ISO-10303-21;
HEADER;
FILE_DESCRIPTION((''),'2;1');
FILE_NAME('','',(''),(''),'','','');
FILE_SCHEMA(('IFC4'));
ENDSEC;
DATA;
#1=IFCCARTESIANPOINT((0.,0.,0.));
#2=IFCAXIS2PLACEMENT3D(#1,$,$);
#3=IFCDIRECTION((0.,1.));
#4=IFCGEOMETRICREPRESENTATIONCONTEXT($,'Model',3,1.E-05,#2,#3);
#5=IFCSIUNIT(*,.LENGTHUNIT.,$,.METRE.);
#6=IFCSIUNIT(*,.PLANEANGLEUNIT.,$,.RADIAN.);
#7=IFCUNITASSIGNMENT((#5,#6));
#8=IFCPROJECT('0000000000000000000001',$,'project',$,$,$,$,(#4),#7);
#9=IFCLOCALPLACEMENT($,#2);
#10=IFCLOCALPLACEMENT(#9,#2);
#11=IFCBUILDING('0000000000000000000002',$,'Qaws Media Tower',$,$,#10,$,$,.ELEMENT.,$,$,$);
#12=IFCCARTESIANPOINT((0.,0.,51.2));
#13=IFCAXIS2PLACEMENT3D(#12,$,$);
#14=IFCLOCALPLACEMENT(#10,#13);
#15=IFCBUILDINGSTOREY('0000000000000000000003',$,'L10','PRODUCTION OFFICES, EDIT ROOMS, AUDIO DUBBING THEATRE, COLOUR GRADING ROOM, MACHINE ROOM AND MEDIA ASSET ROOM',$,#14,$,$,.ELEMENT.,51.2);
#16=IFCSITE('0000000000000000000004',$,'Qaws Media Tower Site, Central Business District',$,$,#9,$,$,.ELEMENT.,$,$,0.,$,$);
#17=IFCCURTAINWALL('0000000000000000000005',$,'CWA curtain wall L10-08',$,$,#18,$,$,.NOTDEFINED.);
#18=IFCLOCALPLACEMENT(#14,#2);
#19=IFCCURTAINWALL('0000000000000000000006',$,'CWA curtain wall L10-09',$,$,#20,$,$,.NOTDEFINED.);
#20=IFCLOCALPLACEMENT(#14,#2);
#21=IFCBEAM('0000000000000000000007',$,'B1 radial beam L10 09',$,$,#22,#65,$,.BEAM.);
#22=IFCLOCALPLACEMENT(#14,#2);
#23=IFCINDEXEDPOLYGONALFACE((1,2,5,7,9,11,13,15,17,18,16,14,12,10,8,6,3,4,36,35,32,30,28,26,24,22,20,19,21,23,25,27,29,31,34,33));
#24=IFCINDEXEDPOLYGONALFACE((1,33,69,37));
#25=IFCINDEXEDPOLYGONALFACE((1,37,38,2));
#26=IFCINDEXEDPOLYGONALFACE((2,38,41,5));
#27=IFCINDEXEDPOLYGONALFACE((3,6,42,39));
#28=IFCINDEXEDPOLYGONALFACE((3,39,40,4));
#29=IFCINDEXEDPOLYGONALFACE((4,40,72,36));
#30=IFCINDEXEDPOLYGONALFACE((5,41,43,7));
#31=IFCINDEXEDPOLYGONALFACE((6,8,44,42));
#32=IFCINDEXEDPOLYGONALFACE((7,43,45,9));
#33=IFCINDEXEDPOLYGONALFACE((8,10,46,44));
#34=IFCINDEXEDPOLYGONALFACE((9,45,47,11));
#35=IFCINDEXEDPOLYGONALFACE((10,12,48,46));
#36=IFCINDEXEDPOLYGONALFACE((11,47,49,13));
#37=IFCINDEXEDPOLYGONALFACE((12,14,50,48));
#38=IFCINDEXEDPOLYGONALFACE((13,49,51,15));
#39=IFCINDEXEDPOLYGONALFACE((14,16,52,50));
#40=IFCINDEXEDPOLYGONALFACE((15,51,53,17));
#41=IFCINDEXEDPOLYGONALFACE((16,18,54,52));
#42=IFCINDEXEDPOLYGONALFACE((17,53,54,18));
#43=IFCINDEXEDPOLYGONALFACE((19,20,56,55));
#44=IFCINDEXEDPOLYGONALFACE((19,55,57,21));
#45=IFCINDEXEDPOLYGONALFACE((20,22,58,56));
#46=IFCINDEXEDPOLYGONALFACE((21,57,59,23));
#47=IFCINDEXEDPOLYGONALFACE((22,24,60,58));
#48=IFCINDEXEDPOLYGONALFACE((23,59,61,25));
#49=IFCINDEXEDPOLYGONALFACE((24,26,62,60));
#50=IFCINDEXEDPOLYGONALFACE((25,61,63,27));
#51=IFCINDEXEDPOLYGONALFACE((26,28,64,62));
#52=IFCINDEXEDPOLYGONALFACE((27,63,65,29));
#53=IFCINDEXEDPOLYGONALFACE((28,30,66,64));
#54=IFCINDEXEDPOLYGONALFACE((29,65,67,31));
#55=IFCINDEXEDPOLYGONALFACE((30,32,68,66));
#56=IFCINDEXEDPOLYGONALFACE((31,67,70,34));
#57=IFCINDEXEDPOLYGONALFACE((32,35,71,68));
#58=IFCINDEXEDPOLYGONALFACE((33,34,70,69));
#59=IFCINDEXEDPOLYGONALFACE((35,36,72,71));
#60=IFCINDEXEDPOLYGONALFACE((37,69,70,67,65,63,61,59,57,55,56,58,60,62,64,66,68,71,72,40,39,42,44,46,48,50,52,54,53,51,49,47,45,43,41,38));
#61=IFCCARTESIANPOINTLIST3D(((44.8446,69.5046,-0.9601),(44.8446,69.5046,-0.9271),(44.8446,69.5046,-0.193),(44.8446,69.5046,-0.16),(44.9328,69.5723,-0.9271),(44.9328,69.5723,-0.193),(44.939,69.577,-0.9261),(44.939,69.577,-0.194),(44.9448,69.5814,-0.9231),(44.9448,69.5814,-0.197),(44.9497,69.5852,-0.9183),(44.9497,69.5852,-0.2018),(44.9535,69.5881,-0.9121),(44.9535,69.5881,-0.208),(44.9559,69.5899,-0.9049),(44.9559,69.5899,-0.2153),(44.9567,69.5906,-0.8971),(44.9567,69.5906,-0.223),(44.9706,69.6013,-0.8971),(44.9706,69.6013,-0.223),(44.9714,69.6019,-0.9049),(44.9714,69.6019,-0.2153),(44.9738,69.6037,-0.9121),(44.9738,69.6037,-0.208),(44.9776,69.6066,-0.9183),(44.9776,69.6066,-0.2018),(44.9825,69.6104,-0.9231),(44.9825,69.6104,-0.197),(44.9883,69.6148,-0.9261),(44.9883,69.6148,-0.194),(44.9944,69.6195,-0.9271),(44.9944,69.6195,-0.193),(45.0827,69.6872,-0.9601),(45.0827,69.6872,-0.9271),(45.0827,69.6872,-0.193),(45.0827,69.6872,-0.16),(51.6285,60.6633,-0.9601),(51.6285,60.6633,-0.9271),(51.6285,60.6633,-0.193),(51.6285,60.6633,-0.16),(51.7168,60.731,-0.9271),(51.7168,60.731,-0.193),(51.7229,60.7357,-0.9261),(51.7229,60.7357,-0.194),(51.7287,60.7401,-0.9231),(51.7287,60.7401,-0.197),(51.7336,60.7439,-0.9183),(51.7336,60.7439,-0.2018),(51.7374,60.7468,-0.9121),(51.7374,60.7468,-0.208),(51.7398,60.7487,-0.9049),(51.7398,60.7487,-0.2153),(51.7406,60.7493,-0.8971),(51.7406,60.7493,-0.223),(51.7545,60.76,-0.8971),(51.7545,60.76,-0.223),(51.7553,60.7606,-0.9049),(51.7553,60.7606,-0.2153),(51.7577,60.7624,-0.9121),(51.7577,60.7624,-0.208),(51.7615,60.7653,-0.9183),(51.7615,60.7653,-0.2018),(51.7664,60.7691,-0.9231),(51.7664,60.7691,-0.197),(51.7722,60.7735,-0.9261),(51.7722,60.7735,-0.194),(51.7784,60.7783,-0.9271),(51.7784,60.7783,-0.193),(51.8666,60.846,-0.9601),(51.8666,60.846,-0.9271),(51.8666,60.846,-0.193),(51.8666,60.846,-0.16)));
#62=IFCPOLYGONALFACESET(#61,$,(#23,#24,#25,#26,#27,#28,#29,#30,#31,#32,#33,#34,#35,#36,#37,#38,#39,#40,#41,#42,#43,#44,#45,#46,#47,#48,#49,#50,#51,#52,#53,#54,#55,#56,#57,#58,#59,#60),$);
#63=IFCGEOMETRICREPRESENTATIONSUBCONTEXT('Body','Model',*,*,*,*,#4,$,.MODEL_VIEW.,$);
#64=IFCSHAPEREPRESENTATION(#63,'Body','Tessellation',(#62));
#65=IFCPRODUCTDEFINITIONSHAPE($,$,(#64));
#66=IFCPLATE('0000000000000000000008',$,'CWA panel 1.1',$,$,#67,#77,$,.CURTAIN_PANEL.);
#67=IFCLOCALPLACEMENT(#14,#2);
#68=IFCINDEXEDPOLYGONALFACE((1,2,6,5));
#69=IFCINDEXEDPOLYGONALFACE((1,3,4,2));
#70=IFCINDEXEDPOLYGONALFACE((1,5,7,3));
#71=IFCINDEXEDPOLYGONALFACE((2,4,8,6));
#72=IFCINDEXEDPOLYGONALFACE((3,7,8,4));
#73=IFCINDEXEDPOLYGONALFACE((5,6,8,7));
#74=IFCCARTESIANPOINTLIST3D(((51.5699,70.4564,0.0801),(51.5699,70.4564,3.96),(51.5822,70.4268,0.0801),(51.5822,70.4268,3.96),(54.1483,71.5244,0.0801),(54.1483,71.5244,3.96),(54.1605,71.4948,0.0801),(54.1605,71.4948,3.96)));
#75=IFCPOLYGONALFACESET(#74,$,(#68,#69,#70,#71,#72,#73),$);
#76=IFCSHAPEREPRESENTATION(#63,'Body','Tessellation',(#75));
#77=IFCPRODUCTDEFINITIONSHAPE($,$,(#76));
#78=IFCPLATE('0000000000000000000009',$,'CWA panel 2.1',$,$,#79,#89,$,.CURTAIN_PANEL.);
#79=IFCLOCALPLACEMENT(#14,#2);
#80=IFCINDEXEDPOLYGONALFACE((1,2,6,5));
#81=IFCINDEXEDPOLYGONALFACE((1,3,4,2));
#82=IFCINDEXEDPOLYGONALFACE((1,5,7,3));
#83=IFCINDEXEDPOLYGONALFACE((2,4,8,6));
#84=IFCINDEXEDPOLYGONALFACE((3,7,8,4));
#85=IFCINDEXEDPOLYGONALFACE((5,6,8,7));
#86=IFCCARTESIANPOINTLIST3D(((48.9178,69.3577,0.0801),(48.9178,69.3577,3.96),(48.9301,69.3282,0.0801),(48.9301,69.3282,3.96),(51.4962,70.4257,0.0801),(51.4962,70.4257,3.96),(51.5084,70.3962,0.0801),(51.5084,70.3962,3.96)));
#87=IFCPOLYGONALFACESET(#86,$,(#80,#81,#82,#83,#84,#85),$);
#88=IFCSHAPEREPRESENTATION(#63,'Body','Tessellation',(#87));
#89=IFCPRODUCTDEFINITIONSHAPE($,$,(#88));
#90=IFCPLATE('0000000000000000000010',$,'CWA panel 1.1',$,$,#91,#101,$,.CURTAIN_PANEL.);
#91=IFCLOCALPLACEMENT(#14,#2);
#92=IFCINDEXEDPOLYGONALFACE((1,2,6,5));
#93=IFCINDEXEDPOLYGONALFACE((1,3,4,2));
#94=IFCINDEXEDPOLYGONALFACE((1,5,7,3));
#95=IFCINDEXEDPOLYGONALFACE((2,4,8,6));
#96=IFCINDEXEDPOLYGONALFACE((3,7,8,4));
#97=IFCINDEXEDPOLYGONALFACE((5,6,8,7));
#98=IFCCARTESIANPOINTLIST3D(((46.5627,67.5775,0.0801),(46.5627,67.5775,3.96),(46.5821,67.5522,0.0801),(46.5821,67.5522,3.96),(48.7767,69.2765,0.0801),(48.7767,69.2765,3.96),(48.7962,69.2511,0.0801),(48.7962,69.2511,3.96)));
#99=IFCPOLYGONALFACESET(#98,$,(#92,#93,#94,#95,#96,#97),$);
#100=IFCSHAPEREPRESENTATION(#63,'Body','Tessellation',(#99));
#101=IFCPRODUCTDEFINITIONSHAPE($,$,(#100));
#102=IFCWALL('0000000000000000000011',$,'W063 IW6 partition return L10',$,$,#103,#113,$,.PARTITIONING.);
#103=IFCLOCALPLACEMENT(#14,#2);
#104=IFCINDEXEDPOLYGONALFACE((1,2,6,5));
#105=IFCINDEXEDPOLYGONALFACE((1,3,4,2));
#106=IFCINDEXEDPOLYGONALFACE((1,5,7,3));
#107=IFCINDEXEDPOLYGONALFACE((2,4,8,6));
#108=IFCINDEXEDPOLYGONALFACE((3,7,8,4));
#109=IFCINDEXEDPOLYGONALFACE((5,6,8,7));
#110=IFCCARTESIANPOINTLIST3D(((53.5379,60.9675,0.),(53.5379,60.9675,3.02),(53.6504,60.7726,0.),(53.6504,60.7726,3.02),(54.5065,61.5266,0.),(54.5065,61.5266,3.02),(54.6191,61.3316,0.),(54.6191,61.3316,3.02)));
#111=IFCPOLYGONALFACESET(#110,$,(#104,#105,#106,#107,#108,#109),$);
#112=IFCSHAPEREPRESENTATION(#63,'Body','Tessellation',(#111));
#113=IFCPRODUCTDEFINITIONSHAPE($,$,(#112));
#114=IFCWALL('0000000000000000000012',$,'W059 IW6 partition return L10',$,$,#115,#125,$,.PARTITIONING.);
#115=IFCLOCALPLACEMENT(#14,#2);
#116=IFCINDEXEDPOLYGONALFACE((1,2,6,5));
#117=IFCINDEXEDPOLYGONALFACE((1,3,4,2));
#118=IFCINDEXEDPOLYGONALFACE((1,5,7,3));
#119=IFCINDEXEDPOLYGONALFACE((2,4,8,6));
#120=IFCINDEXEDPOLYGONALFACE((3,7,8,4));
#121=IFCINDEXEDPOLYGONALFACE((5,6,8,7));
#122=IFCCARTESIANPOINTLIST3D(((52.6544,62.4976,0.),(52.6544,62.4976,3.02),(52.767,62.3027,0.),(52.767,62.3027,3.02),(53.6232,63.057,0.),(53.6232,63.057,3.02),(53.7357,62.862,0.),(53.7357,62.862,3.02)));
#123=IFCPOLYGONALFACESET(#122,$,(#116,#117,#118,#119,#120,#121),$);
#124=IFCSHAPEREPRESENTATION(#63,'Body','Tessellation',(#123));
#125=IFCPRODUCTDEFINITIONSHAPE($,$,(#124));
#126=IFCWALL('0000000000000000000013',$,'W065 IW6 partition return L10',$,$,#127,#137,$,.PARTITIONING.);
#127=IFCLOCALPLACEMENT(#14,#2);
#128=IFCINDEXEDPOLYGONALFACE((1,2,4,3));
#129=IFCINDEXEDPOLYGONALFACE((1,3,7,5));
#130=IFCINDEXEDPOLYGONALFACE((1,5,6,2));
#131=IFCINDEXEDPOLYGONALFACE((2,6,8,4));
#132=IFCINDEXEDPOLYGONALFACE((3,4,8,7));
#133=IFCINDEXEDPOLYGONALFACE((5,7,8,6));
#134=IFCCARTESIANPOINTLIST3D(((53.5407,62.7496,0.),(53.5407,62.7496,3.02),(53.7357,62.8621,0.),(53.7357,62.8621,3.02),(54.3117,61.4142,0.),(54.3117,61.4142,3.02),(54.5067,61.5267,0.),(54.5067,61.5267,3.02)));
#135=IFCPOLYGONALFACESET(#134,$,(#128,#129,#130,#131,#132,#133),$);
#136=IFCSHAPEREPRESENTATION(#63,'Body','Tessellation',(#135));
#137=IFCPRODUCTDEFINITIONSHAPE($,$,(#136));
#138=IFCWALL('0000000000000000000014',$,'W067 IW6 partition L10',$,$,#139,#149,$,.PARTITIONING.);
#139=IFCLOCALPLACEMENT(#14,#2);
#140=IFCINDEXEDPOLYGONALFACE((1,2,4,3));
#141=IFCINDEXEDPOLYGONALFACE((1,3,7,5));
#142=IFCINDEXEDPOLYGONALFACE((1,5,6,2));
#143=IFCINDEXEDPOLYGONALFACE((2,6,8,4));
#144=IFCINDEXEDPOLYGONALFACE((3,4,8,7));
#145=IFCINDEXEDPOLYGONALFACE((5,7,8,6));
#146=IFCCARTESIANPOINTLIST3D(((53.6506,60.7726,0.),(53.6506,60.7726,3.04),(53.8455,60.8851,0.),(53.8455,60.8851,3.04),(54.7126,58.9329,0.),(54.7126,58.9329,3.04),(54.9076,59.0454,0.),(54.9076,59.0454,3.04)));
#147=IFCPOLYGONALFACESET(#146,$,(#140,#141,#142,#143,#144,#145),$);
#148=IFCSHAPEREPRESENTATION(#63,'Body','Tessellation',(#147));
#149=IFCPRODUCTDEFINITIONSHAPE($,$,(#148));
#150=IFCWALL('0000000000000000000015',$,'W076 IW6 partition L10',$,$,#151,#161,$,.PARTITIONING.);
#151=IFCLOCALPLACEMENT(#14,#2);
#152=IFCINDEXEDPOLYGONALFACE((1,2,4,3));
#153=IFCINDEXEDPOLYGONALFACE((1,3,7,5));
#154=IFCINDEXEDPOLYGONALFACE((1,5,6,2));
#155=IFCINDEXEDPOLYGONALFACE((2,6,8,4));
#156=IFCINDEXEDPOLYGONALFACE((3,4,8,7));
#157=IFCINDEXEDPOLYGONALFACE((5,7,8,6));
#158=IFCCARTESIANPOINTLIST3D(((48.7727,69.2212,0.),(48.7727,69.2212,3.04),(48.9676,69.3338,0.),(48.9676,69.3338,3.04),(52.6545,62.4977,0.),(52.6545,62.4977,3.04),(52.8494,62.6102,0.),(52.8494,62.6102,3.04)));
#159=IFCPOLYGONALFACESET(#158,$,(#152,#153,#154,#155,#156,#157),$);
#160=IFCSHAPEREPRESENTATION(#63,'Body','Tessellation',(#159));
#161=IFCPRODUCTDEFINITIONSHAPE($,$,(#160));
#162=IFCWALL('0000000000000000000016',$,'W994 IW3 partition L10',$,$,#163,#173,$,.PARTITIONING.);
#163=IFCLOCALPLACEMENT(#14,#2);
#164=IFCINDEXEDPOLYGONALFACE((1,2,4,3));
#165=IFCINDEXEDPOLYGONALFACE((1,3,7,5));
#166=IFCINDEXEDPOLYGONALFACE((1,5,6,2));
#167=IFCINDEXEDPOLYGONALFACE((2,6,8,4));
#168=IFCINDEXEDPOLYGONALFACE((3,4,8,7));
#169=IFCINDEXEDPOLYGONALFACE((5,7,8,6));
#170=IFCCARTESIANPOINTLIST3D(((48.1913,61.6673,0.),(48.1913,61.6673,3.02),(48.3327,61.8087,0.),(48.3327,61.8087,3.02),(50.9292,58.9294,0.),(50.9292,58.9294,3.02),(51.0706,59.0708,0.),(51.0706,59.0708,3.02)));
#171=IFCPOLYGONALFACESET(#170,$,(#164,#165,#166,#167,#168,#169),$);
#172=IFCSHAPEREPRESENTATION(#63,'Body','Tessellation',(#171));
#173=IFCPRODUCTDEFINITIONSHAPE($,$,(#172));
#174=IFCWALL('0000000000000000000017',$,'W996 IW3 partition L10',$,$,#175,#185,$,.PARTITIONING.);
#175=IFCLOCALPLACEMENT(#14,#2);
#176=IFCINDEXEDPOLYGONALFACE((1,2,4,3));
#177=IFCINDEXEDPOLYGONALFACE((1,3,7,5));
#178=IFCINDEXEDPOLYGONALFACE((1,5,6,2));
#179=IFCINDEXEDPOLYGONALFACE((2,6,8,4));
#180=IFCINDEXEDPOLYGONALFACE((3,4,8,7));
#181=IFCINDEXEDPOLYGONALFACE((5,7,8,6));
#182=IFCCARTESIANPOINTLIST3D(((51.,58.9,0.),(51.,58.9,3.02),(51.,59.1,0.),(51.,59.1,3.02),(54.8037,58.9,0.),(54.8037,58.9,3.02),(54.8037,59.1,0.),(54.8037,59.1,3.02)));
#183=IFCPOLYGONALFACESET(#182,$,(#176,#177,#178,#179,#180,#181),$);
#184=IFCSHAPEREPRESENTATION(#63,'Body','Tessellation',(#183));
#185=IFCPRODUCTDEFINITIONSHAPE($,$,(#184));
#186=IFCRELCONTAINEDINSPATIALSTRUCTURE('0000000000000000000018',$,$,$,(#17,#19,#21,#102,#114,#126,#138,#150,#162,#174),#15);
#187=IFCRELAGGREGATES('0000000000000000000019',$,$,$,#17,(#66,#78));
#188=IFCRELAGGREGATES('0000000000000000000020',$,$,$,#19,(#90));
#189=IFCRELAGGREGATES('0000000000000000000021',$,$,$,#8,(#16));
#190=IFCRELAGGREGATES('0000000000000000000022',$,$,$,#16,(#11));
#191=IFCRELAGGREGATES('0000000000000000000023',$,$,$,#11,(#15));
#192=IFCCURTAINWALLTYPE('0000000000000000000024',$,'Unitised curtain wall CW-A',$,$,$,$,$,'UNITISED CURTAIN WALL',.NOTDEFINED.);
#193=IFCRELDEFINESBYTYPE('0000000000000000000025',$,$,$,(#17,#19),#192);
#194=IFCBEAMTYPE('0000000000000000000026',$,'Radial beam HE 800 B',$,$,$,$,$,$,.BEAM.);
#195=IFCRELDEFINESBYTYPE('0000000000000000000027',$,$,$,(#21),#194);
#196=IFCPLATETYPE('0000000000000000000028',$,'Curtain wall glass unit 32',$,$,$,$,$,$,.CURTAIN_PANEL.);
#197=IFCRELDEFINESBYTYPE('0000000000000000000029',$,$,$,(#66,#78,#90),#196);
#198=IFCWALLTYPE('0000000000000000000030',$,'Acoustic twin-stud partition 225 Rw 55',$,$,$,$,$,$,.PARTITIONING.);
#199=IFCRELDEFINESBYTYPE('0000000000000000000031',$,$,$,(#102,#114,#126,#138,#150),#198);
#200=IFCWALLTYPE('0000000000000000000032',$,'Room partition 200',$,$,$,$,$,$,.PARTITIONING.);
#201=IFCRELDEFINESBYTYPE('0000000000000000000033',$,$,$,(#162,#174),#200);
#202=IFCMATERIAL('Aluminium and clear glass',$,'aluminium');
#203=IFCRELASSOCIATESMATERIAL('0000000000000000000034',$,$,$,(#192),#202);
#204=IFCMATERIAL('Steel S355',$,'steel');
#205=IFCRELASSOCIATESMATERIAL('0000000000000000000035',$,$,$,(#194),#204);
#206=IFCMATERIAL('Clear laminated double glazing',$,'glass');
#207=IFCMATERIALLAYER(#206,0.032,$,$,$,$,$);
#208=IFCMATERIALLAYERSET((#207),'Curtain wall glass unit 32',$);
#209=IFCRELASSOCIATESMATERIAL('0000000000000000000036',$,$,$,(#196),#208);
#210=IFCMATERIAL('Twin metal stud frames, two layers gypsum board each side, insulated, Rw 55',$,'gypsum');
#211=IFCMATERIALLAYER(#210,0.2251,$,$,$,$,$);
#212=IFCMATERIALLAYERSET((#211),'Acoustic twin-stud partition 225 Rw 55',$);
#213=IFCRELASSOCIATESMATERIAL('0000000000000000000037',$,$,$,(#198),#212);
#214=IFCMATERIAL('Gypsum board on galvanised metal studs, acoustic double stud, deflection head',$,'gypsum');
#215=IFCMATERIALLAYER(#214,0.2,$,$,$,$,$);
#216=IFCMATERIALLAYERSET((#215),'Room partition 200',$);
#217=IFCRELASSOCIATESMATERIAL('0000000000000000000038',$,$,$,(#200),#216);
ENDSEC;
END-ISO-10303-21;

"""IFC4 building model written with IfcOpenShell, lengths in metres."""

from ifc_helpers import new_model, si_unit, direction, frame, frame_2d, origin, origin_2d, place, context, subcontext, project, spatial, rectangle, i_section, extrude, material, layer, layer_set, material_profile, profile_set, type_object, element, aggregate, save


model = new_model("IFC4")

# Units and contexts
model_context = context("Model", 3, precision=1e-05, world=origin(), true_north=direction((0.0, 1.0)))
body_context = subcontext(model_context, "Body", "Model", "MODEL_VIEW")
ifc_project = project(units=[si_unit("LENGTHUNIT", "METRE"), si_unit("PLANEANGLEUNIT", "RADIAN")], contexts=[model_context])

# Site, building, storey
site_placement = place(None, origin())
site = spatial("IfcSite", under=ifc_project, at=site_placement, Name="Qaws Media Tower Site, Central Business District", CompositionType="ELEMENT", RefElevation=0.0)
building_placement = place(site_placement, origin())
building = spatial("IfcBuilding", under=site, at=building_placement, Name="Qaws Media Tower", CompositionType="ELEMENT")
storey_placement = place(building_placement, frame((0.0, 0.0, 51.2)))
storey = spatial("IfcBuildingStorey", under=building, at=storey_placement, Name="L10", Description="PRODUCTION OFFICES, EDIT ROOMS, AUDIO DUBBING THEATRE, COLOUR GRADING ROOM, MACHINE ROOM AND MEDIA ASSET ROOM", CompositionType="ELEMENT", Elevation=51.2)

# Curtain walls
ifc_material_1 = material(Name="Aluminium and clear glass", Category="aluminium")
curtain_wall_type = type_object("IfcCurtainWallType", Name="Unitised curtain wall CW-A", ElementType="UNITISED CURTAIN WALL", PredefinedType="NOTDEFINED", material=ifc_material_1)
curtain_wall_1_placement = place(storey_placement, origin())
curtain_wall_1 = element("IfcCurtainWall", 1, at=curtain_wall_1_placement, inside=storey, type_object=curtain_wall_type, Name="CWA curtain wall L10-08", PredefinedType="NOTDEFINED")
curtain_wall_2_placement = place(storey_placement, origin())
curtain_wall_2 = element("IfcCurtainWall", 2, at=curtain_wall_2_placement, inside=storey, type_object=curtain_wall_type, Name="CWA curtain wall L10-09", PredefinedType="NOTDEFINED")

# Beam
ifc_material_2 = material(Name="Steel S355", Category="steel")
ifc_material_profile_1 = material_profile(ifc_material_2, i_section(OverallWidth=0.3, OverallDepth=0.8, WebThickness=0.0176, FlangeThickness=0.033, FilletRadius=0.03, at=origin_2d()), Name="HE 800 B")
ifc_profile_set_1 = profile_set([ifc_material_profile_1], Name="Steel S355")
beam_type_1 = type_object("IfcBeamType", Name="Radial beam HE 800 B", PredefinedType="BEAM", material=ifc_profile_set_1)
for number, where, z_axis, x_axis, name in (
    (3, (51.7476, 60.7546, -0.5601), (-0.608748, 0.793364, 0.0), (-0.793364, -0.608748, 0.0), "B1 radial beam L10 09"),
):
    element("IfcBeam", number, at=place(storey_placement, frame(where, z_axis=z_axis, x_axis=x_axis)), inside=storey, type_object=beam_type_1, Name=name, PredefinedType="BEAM", context=body_context, shape_type="SweptSolid", body=[
        extrude(i_section(OverallWidth=0.3, OverallDepth=0.8, WebThickness=0.0176, FlangeThickness=0.033, FilletRadius=0.03, at=origin_2d()), origin(), (0.0, 0.0, 1.0), 11.144),
    ])

# Plates
ifc_material_3 = material(Name="Clear laminated double glazing", Category="glass")
ifc_layer_1 = layer(ifc_material_3, 0.032)
ifc_layer_set_1 = layer_set([ifc_layer_1], Name="Curtain wall glass unit 32")
plate_type = type_object("IfcPlateType", Name="Curtain wall glass unit 32", PredefinedType="CURTAIN_PANEL", material=ifc_layer_set_1)
plate_1_placement = place(storey_placement, frame((52.8652, 70.9756, 0.0801), z_axis=(0.0, 0.0, 1.0), x_axis=(-0.92388, -0.382683, 0.0)))
plate_1 = element("IfcPlate", 4, at=plate_1_placement, type_object=plate_type, Name="CWA panel 1.1", PredefinedType="CURTAIN_PANEL", context=body_context, shape_type="SweptSolid", body=[
    extrude(rectangle(XDim=2.7908, YDim=0.032, at=origin_2d()), origin(), (0.0, 0.0, 1.0), 3.8799),
])
plate_2_placement = place(storey_placement, frame((50.2131, 69.877, 0.0801), z_axis=(0.0, 0.0, 1.0), x_axis=(-0.92388, -0.382683, 0.0)))
plate_2 = element("IfcPlate", 5, at=plate_2_placement, type_object=plate_type, Name="CWA panel 2.1", PredefinedType="CURTAIN_PANEL", context=body_context, shape_type="SweptSolid", body=[
    extrude(rectangle(XDim=2.7908, YDim=0.032, at=origin_2d()), origin(), (0.0, 0.0, 1.0), 3.8799),
])
aggregate(curtain_wall_1, [plate_1, plate_2])
plate_3_placement = place(storey_placement, frame((47.6794, 68.4143, 0.0801), z_axis=(0.0, 0.0, 1.0), x_axis=(-0.793353, -0.608762, 0.0)))
plate_3 = element("IfcPlate", 6, at=plate_3_placement, type_object=plate_type, Name="CWA panel 1.1", PredefinedType="CURTAIN_PANEL", context=body_context, shape_type="SweptSolid", body=[
    extrude(rectangle(XDim=2.7908, YDim=0.032, at=origin_2d()), origin(), (0.0, 0.0, 1.0), 3.8799),
])
aggregate(curtain_wall_2, [plate_3])

# Walls
ifc_material_4 = material(Name="Twin metal stud frames, two layers gypsum board each side, insulated, Rw 55", Category="gypsum")
ifc_layer_2 = layer(ifc_material_4, 0.2251)
ifc_layer_set_2 = layer_set([ifc_layer_2], Name="Acoustic twin-stud partition 225 Rw 55")
wall_type_1 = type_object("IfcWallType", Name="Acoustic twin-stud partition 225 Rw 55", PredefinedType="PARTITIONING", material=ifc_layer_set_2)
wall_1_placement = place(storey_placement, frame((53.5942, 60.8701, 0.0), z_axis=(0.0, 0.0, 1.0), x_axis=(0.866113, 0.499848, 0.0)))
element("IfcWall", 7, at=wall_1_placement, inside=storey, type_object=wall_type_1, Name="W063 IW6 partition return L10", PredefinedType="PARTITIONING", context=body_context, shape_type="SweptSolid", body=[
    extrude(rectangle(XDim=1.1184, YDim=0.2251, at=frame_2d((0.5591, 0.0))), origin(), (0.0, 0.0, 1.0), 3.02),
])
wall_2_placement = place(storey_placement, frame((52.7107, 62.4001, 0.0), z_axis=(0.0, 0.0, 1.0), x_axis=(0.866018, 0.500012, 0.0)))
element("IfcWall", 8, at=wall_2_placement, inside=storey, type_object=wall_type_1, Name="W059 IW6 partition return L10", PredefinedType="PARTITIONING", context=body_context, shape_type="SweptSolid", body=[
    extrude(rectangle(XDim=1.1187, YDim=0.2251, at=frame_2d((0.5593, 0.0))), origin(), (0.0, 0.0, 1.0), 3.02),
])
wall_3_placement = place(storey_placement, frame((54.4092, 61.4705, 0.0), z_axis=(0.0, 0.0, 1.0), x_axis=(-0.499987, 0.866033, 0.0)))
element("IfcWall", 9, at=wall_3_placement, inside=storey, type_object=wall_type_1, Name="W065 IW6 partition return L10", PredefinedType="PARTITIONING", context=body_context, shape_type="SweptSolid", body=[
    extrude(rectangle(XDim=1.542, YDim=0.2251, at=frame_2d((0.771, 0.0))), origin(), (0.0, 0.0, 1.0), 3.02),
])
wall_4_placement = place(storey_placement, frame((54.8101, 58.9893, 0.0), z_axis=(0.0, 0.0, 1.0), x_axis=(-0.499971, 0.866042, 0.0)))
element("IfcWall", 10, at=wall_4_placement, inside=storey, type_object=wall_type_1, Name="W067 IW6 partition L10", PredefinedType="PARTITIONING", context=body_context, shape_type="SweptSolid", body=[
    extrude(rectangle(XDim=2.1243, YDim=0.2251, at=frame_2d((1.062, 0.0))), origin(), (0.0, 0.0, 1.0), 3.04),
])
wall_5_placement = place(storey_placement, frame((52.752, 62.554, 0.0), z_axis=(0.0, 0.0, 1.0), x_axis=(-0.499995, 0.866028, 0.0)))
element("IfcWall", 11, at=wall_5_placement, inside=storey, type_object=wall_type_1, Name="W076 IW6 partition L10", PredefinedType="PARTITIONING", context=body_context, shape_type="SweptSolid", body=[
    extrude(rectangle(XDim=7.7637, YDim=0.2251, at=frame_2d((3.8818, 0.0))), origin(), (0.0, 0.0, 1.0), 3.04),
])
ifc_material_5 = material(Name="Gypsum board on galvanised metal studs, acoustic double stud, deflection head", Category="gypsum")
ifc_layer_3 = layer(ifc_material_5, 0.2)
ifc_layer_set_3 = layer_set([ifc_layer_3], Name="Room partition 200")
wall_type_2 = type_object("IfcWallType", Name="Room partition 200", PredefinedType="PARTITIONING", material=ifc_layer_set_3)
wall_6_placement = place(storey_placement, frame((48.262, 61.738, 0.0), z_axis=(0.0, 0.0, 1.0), x_axis=(0.707107, -0.707107, 0.0)))
element("IfcWall", 12, at=wall_6_placement, inside=storey, type_object=wall_type_2, Name="W994 IW3 partition L10", PredefinedType="PARTITIONING", context=body_context, shape_type="SweptSolid", body=[
    extrude(rectangle(XDim=3.8721, YDim=0.2, at=frame_2d((1.936, 0.0))), origin(), (0.0, 0.0, 1.0), 3.02),
])
wall_7_placement = place(storey_placement, frame((51.0, 59.0, 0.0), z_axis=(0.0, 0.0, 1.0), x_axis=(1.0, 0.0, 0.0)))
element("IfcWall", 13, at=wall_7_placement, inside=storey, type_object=wall_type_2, Name="W996 IW3 partition L10", PredefinedType="PARTITIONING", context=body_context, shape_type="SweptSolid", body=[
    extrude(rectangle(XDim=3.8037, YDim=0.2, at=frame_2d((1.9019, 0.0))), origin(), (0.0, 0.0, 1.0), 3.02),
])

save(model, "model.ifc")
